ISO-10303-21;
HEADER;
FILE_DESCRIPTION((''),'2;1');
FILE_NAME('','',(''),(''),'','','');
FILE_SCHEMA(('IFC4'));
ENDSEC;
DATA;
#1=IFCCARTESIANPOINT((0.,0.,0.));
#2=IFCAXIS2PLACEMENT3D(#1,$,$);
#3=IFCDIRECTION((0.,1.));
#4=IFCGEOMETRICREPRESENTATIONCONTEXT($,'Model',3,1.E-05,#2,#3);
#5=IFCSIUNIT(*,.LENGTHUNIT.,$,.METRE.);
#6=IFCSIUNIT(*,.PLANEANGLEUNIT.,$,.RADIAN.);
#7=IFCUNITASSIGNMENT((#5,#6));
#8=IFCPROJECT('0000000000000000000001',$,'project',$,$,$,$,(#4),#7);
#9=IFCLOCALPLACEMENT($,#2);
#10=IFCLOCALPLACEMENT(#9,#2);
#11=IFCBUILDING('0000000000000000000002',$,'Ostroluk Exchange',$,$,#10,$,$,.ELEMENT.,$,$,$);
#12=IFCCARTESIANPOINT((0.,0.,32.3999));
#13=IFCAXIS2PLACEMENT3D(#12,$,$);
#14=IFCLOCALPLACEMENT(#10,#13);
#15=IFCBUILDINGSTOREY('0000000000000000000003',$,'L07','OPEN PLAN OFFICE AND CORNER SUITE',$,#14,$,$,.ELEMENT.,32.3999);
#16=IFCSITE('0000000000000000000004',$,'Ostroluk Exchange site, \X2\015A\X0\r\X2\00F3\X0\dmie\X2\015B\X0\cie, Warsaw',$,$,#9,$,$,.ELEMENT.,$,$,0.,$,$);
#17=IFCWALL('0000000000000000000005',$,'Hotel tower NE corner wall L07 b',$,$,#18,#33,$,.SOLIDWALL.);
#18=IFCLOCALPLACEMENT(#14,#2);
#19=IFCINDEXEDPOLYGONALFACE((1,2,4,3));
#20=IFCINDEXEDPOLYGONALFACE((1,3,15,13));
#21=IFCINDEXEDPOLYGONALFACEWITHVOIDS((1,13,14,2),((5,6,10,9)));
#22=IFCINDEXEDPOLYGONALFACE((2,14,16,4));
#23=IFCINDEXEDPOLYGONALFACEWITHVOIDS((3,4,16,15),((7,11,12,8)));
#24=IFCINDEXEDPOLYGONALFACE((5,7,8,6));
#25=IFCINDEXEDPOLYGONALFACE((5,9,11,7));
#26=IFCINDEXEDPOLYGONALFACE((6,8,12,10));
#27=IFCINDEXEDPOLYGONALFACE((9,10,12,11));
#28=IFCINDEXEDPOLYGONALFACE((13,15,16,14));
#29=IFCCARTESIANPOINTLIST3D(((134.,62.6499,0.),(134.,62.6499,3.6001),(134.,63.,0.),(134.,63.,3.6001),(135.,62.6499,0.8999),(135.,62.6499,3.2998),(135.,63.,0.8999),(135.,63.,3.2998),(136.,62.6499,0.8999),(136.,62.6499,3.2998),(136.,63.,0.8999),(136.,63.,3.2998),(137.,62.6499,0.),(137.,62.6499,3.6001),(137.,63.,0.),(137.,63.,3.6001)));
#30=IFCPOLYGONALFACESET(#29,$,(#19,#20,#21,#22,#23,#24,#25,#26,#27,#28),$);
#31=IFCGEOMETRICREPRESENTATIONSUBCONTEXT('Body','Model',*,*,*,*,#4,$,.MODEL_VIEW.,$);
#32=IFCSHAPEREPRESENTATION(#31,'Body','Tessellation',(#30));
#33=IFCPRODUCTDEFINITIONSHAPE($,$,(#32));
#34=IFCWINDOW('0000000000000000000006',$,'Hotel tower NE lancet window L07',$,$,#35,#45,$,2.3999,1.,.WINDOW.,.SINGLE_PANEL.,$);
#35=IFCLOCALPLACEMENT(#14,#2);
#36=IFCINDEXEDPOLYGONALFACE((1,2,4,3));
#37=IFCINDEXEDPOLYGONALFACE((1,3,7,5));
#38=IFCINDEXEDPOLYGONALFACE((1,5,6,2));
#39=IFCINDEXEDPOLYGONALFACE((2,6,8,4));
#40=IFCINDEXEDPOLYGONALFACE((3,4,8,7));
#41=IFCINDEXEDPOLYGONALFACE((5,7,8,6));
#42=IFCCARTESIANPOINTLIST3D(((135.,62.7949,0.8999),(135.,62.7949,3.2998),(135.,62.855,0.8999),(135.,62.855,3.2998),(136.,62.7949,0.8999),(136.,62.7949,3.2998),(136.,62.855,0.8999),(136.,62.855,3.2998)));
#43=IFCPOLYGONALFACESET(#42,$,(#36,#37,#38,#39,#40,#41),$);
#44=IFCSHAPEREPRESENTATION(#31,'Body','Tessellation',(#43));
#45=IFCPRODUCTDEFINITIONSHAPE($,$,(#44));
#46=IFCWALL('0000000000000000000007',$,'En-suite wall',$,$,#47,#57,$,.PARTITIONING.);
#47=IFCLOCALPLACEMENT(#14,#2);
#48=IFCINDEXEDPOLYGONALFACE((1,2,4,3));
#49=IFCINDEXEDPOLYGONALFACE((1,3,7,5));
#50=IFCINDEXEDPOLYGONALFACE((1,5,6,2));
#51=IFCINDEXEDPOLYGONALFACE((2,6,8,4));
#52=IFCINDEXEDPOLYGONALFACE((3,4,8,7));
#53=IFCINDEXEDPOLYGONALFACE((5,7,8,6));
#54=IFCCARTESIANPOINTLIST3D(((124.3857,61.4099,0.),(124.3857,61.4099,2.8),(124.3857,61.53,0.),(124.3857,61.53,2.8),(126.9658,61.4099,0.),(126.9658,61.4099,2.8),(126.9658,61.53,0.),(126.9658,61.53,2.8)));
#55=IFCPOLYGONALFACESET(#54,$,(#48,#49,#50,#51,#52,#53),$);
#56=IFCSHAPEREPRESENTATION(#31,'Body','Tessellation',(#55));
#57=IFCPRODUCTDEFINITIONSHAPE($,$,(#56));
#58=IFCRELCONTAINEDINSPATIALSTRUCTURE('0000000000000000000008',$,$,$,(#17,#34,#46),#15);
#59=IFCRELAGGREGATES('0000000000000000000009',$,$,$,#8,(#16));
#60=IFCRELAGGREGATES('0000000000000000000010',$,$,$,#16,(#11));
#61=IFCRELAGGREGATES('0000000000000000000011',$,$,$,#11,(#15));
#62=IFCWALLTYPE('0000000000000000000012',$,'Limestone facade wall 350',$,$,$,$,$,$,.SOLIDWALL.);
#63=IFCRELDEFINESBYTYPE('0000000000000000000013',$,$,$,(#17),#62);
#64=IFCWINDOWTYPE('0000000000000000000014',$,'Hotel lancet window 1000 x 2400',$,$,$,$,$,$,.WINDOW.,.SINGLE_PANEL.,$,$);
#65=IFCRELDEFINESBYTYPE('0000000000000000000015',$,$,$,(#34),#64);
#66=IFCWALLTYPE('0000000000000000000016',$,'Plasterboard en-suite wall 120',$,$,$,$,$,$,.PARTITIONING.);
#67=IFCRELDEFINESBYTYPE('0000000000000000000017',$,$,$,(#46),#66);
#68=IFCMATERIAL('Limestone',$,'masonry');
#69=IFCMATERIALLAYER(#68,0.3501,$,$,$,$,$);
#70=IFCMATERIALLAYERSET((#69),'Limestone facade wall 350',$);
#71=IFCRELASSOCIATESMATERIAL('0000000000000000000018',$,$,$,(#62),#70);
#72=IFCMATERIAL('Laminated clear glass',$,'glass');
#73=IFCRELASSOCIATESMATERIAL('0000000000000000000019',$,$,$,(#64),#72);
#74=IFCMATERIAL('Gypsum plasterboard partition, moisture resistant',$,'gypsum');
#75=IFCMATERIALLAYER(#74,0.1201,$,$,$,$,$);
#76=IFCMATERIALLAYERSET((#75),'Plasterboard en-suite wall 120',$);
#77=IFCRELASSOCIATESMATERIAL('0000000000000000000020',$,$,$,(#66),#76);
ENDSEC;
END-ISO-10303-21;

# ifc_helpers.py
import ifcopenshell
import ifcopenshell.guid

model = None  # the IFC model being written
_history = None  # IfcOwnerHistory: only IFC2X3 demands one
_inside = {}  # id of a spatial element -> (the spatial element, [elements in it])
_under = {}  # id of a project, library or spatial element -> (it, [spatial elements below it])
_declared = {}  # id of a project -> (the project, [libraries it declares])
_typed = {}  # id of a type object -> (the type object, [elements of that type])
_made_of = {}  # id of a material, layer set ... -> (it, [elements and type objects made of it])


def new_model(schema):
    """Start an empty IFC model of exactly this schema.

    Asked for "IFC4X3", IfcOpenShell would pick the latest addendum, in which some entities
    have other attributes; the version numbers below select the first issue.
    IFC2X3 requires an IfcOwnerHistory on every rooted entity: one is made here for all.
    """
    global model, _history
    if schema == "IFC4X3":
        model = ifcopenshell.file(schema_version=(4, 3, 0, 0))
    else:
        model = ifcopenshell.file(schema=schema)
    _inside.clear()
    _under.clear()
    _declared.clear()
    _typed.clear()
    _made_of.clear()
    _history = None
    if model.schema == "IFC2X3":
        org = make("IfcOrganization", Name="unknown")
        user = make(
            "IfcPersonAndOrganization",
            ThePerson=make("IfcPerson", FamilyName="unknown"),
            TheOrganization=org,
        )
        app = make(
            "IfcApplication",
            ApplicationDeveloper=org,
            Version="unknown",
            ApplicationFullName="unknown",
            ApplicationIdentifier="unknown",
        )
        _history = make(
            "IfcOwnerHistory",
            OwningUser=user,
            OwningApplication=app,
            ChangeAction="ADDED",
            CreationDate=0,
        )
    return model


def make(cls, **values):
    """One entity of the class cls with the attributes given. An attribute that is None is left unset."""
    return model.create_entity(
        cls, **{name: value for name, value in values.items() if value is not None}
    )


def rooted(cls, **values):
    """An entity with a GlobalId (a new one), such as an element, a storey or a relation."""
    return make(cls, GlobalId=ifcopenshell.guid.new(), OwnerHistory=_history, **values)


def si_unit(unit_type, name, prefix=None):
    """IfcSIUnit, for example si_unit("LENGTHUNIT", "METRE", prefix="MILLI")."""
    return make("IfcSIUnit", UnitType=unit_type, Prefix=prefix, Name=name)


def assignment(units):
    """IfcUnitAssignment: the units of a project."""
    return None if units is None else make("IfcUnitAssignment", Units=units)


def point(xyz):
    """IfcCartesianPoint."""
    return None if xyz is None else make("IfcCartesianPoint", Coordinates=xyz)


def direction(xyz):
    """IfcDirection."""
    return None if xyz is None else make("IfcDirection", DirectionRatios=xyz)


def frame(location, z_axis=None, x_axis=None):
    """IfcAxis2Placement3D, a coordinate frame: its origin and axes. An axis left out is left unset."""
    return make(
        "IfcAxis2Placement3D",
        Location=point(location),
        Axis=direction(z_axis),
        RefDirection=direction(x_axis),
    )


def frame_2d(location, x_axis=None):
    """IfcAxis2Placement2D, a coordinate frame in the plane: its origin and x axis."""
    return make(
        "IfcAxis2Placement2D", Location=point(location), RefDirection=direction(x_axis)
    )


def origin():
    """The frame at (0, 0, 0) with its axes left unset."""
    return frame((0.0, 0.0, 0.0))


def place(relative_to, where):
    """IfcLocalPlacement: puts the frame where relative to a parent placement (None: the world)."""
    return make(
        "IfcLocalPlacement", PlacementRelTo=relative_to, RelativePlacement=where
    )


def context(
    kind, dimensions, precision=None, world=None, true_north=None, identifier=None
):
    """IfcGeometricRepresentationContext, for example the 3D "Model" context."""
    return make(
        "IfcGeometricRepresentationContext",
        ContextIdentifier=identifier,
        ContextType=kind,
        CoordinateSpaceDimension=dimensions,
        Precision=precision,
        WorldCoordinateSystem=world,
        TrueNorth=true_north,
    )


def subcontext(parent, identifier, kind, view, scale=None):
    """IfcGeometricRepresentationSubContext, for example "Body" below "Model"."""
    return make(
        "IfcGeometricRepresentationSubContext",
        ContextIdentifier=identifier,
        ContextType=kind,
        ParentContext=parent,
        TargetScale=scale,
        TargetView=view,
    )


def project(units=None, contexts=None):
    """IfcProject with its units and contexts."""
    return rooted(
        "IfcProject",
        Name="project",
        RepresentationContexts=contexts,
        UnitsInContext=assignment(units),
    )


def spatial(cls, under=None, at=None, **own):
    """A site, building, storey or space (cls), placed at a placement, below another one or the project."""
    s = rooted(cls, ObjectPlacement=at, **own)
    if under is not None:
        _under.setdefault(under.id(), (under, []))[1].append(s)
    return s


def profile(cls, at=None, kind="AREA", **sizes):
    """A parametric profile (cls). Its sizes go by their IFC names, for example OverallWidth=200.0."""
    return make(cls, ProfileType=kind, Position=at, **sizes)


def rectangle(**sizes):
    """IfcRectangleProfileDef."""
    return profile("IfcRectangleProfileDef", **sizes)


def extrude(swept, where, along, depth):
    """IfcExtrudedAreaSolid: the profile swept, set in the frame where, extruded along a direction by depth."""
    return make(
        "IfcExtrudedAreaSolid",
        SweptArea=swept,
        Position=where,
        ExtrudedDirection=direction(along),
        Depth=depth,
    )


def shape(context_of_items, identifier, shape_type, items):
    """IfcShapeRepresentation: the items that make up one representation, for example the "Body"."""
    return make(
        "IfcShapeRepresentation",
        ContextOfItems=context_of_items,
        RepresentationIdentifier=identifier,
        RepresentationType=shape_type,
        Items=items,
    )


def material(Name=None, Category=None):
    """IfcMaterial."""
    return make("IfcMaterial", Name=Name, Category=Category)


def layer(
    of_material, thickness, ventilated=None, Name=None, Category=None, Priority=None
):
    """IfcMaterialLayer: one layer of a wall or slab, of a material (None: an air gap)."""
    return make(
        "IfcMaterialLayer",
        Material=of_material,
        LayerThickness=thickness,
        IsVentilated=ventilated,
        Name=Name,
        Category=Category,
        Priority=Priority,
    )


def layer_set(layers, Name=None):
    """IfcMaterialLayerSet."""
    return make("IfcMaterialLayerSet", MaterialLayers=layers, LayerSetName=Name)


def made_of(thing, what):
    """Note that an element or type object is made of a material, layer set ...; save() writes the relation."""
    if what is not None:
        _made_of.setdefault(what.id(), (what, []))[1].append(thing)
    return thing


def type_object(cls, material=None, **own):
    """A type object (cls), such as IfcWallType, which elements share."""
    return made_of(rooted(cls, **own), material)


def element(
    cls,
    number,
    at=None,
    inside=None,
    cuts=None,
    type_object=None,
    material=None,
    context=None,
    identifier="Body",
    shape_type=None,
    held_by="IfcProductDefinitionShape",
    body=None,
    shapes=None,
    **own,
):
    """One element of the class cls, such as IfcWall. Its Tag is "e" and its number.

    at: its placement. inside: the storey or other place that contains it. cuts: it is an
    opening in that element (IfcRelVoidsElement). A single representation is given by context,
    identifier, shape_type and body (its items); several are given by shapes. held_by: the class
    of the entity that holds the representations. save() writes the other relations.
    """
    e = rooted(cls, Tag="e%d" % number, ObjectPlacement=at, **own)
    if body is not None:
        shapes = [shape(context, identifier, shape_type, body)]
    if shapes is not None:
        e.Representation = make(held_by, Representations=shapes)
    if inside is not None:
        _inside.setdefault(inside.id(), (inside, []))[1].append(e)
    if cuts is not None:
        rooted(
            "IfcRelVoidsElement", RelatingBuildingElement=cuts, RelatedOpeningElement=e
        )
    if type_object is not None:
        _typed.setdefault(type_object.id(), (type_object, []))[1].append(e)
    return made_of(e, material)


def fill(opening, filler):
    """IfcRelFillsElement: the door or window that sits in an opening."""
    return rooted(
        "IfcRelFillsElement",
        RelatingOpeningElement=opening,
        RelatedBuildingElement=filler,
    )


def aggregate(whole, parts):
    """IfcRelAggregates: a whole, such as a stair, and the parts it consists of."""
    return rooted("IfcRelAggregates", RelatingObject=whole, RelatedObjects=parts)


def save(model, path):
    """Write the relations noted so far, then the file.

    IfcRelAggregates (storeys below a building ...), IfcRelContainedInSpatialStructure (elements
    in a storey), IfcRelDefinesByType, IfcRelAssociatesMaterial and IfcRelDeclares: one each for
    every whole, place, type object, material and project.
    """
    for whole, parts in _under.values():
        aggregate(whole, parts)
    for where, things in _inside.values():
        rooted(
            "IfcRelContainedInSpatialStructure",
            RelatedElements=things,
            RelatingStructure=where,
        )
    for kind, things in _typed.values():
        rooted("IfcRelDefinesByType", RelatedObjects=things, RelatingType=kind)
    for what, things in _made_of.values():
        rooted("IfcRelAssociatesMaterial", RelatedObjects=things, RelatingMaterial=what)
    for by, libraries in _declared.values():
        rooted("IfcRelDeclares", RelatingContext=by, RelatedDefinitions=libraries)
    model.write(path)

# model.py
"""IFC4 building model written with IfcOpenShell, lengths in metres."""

from ifc_helpers import new_model, si_unit, direction, frame, frame_2d, origin, place, context, subcontext, project, spatial, rectangle, extrude, material, layer, layer_set, type_object, element, fill, save


model = new_model("IFC4")

# Units and contexts
model_context = context("Model", 3, precision=1e-05, world=origin(), true_north=direction((0.0, 1.0)))
body_context = subcontext(model_context, "Body", "Model", "MODEL_VIEW")
ifc_project = project(units=[si_unit("LENGTHUNIT", "METRE"), si_unit("PLANEANGLEUNIT", "RADIAN")], contexts=[model_context])

# Site, building, storey
site_placement = place(None, origin())
site = spatial("IfcSite", under=ifc_project, at=site_placement, Name="Ostroluk Exchange site, Śródmieście, Warsaw", CompositionType="ELEMENT", RefElevation=0.0)
building_placement = place(site_placement, origin())
building = spatial("IfcBuilding", under=site, at=building_placement, Name="Ostroluk Exchange", CompositionType="ELEMENT")
storey_placement = place(building_placement, frame((0.0, 0.0, 32.3999)))
storey = spatial("IfcBuildingStorey", under=building, at=storey_placement, Name="L07", Description="OPEN PLAN OFFICE AND CORNER SUITE", CompositionType="ELEMENT", Elevation=32.3999)

# Shared definitions
ifc_material_1 = material(Name="Limestone", Category="masonry")
ifc_layer_1 = layer(ifc_material_1, 0.3501)
ifc_layer_set_1 = layer_set([ifc_layer_1], Name="Limestone facade wall 350")
wall_type_1 = type_object("IfcWallType", Name="Limestone facade wall 350", PredefinedType="SOLIDWALL", material=ifc_layer_set_1)

# Wall, opening, window
wall_1_placement = place(storey_placement, frame((134.0, 62.825, 0.0), z_axis=(0.0, 0.0, 1.0), x_axis=(1.0, 0.0, 0.0)))
wall_1 = element("IfcWall", 1, at=wall_1_placement, inside=storey, type_object=wall_type_1, Name="Hotel tower NE corner wall L07 b", PredefinedType="SOLIDWALL", context=body_context, shape_type="SweptSolid", body=[
    extrude(rectangle(XDim=3.0, YDim=0.3501, at=frame_2d((1.5, 0.0))), origin(), (0.0, 0.0, 1.0), 3.6001),
])
opening_1_placement = place(wall_1_placement, frame((1.0, 0.0, 0.8999)))
opening_1 = element("IfcOpeningElement", 2, at=opening_1_placement, cuts=wall_1, PredefinedType="OPENING", context=body_context, shape_type="SweptSolid", body=[
    extrude(rectangle(XDim=1.0, YDim=2.3999, at=frame_2d((0.5, 1.2))), frame((0.0, 0.1851, 0.0), z_axis=(0.0, -1.0, 0.0), x_axis=(1.0, 0.0, 0.0)), (0.0, 0.0, 1.0), 0.3701),
])
ifc_material_2 = material(Name="Laminated clear glass", Category="glass")
window_type = type_object("IfcWindowType", Name="Hotel lancet window 1000 x 2400", PartitioningType="SINGLE_PANEL", PredefinedType="WINDOW", material=ifc_material_2)
window_placement = place(opening_1_placement, origin())
window = element("IfcWindow", 3, at=window_placement, inside=storey, type_object=window_type, Name="Hotel tower NE lancet window L07", OverallHeight=2.3999, OverallWidth=1.0, PartitioningType="SINGLE_PANEL", PredefinedType="WINDOW", context=body_context, shape_type="SweptSolid", body=[
    extrude(rectangle(XDim=1.0, YDim=2.3999, at=frame_2d((0.5, 1.2))), frame((0.0, 0.03, 0.0), z_axis=(0.0, -1.0, 0.0), x_axis=(1.0, 0.0, 0.0)), (0.0, 0.0, 1.0), 0.0601),
])
fill(opening_1, window)

# Wall
ifc_material_3 = material(Name="Gypsum plasterboard partition, moisture resistant", Category="gypsum")
ifc_layer_2 = layer(ifc_material_3, 0.1201)
ifc_layer_set_2 = layer_set([ifc_layer_2], Name="Plasterboard en-suite wall 120")
wall_type_2 = type_object("IfcWallType", Name="Plasterboard en-suite wall 120", PredefinedType="PARTITIONING", material=ifc_layer_set_2)
wall_2_placement = place(storey_placement, frame((124.3857, 61.47, 0.0), z_axis=(0.0, 0.0, 1.0), x_axis=(1.0, 0.0, 0.0)))
element("IfcWall", 4, at=wall_2_placement, inside=storey, type_object=wall_type_2, Name="En-suite wall", PredefinedType="PARTITIONING", context=body_context, shape_type="SweptSolid", body=[
    extrude(rectangle(XDim=2.5801, YDim=0.1201, at=frame_2d((1.29, 0.0))), origin(), (0.0, 0.0, 1.0), 2.8),
])

save(model, "model.ifc")
